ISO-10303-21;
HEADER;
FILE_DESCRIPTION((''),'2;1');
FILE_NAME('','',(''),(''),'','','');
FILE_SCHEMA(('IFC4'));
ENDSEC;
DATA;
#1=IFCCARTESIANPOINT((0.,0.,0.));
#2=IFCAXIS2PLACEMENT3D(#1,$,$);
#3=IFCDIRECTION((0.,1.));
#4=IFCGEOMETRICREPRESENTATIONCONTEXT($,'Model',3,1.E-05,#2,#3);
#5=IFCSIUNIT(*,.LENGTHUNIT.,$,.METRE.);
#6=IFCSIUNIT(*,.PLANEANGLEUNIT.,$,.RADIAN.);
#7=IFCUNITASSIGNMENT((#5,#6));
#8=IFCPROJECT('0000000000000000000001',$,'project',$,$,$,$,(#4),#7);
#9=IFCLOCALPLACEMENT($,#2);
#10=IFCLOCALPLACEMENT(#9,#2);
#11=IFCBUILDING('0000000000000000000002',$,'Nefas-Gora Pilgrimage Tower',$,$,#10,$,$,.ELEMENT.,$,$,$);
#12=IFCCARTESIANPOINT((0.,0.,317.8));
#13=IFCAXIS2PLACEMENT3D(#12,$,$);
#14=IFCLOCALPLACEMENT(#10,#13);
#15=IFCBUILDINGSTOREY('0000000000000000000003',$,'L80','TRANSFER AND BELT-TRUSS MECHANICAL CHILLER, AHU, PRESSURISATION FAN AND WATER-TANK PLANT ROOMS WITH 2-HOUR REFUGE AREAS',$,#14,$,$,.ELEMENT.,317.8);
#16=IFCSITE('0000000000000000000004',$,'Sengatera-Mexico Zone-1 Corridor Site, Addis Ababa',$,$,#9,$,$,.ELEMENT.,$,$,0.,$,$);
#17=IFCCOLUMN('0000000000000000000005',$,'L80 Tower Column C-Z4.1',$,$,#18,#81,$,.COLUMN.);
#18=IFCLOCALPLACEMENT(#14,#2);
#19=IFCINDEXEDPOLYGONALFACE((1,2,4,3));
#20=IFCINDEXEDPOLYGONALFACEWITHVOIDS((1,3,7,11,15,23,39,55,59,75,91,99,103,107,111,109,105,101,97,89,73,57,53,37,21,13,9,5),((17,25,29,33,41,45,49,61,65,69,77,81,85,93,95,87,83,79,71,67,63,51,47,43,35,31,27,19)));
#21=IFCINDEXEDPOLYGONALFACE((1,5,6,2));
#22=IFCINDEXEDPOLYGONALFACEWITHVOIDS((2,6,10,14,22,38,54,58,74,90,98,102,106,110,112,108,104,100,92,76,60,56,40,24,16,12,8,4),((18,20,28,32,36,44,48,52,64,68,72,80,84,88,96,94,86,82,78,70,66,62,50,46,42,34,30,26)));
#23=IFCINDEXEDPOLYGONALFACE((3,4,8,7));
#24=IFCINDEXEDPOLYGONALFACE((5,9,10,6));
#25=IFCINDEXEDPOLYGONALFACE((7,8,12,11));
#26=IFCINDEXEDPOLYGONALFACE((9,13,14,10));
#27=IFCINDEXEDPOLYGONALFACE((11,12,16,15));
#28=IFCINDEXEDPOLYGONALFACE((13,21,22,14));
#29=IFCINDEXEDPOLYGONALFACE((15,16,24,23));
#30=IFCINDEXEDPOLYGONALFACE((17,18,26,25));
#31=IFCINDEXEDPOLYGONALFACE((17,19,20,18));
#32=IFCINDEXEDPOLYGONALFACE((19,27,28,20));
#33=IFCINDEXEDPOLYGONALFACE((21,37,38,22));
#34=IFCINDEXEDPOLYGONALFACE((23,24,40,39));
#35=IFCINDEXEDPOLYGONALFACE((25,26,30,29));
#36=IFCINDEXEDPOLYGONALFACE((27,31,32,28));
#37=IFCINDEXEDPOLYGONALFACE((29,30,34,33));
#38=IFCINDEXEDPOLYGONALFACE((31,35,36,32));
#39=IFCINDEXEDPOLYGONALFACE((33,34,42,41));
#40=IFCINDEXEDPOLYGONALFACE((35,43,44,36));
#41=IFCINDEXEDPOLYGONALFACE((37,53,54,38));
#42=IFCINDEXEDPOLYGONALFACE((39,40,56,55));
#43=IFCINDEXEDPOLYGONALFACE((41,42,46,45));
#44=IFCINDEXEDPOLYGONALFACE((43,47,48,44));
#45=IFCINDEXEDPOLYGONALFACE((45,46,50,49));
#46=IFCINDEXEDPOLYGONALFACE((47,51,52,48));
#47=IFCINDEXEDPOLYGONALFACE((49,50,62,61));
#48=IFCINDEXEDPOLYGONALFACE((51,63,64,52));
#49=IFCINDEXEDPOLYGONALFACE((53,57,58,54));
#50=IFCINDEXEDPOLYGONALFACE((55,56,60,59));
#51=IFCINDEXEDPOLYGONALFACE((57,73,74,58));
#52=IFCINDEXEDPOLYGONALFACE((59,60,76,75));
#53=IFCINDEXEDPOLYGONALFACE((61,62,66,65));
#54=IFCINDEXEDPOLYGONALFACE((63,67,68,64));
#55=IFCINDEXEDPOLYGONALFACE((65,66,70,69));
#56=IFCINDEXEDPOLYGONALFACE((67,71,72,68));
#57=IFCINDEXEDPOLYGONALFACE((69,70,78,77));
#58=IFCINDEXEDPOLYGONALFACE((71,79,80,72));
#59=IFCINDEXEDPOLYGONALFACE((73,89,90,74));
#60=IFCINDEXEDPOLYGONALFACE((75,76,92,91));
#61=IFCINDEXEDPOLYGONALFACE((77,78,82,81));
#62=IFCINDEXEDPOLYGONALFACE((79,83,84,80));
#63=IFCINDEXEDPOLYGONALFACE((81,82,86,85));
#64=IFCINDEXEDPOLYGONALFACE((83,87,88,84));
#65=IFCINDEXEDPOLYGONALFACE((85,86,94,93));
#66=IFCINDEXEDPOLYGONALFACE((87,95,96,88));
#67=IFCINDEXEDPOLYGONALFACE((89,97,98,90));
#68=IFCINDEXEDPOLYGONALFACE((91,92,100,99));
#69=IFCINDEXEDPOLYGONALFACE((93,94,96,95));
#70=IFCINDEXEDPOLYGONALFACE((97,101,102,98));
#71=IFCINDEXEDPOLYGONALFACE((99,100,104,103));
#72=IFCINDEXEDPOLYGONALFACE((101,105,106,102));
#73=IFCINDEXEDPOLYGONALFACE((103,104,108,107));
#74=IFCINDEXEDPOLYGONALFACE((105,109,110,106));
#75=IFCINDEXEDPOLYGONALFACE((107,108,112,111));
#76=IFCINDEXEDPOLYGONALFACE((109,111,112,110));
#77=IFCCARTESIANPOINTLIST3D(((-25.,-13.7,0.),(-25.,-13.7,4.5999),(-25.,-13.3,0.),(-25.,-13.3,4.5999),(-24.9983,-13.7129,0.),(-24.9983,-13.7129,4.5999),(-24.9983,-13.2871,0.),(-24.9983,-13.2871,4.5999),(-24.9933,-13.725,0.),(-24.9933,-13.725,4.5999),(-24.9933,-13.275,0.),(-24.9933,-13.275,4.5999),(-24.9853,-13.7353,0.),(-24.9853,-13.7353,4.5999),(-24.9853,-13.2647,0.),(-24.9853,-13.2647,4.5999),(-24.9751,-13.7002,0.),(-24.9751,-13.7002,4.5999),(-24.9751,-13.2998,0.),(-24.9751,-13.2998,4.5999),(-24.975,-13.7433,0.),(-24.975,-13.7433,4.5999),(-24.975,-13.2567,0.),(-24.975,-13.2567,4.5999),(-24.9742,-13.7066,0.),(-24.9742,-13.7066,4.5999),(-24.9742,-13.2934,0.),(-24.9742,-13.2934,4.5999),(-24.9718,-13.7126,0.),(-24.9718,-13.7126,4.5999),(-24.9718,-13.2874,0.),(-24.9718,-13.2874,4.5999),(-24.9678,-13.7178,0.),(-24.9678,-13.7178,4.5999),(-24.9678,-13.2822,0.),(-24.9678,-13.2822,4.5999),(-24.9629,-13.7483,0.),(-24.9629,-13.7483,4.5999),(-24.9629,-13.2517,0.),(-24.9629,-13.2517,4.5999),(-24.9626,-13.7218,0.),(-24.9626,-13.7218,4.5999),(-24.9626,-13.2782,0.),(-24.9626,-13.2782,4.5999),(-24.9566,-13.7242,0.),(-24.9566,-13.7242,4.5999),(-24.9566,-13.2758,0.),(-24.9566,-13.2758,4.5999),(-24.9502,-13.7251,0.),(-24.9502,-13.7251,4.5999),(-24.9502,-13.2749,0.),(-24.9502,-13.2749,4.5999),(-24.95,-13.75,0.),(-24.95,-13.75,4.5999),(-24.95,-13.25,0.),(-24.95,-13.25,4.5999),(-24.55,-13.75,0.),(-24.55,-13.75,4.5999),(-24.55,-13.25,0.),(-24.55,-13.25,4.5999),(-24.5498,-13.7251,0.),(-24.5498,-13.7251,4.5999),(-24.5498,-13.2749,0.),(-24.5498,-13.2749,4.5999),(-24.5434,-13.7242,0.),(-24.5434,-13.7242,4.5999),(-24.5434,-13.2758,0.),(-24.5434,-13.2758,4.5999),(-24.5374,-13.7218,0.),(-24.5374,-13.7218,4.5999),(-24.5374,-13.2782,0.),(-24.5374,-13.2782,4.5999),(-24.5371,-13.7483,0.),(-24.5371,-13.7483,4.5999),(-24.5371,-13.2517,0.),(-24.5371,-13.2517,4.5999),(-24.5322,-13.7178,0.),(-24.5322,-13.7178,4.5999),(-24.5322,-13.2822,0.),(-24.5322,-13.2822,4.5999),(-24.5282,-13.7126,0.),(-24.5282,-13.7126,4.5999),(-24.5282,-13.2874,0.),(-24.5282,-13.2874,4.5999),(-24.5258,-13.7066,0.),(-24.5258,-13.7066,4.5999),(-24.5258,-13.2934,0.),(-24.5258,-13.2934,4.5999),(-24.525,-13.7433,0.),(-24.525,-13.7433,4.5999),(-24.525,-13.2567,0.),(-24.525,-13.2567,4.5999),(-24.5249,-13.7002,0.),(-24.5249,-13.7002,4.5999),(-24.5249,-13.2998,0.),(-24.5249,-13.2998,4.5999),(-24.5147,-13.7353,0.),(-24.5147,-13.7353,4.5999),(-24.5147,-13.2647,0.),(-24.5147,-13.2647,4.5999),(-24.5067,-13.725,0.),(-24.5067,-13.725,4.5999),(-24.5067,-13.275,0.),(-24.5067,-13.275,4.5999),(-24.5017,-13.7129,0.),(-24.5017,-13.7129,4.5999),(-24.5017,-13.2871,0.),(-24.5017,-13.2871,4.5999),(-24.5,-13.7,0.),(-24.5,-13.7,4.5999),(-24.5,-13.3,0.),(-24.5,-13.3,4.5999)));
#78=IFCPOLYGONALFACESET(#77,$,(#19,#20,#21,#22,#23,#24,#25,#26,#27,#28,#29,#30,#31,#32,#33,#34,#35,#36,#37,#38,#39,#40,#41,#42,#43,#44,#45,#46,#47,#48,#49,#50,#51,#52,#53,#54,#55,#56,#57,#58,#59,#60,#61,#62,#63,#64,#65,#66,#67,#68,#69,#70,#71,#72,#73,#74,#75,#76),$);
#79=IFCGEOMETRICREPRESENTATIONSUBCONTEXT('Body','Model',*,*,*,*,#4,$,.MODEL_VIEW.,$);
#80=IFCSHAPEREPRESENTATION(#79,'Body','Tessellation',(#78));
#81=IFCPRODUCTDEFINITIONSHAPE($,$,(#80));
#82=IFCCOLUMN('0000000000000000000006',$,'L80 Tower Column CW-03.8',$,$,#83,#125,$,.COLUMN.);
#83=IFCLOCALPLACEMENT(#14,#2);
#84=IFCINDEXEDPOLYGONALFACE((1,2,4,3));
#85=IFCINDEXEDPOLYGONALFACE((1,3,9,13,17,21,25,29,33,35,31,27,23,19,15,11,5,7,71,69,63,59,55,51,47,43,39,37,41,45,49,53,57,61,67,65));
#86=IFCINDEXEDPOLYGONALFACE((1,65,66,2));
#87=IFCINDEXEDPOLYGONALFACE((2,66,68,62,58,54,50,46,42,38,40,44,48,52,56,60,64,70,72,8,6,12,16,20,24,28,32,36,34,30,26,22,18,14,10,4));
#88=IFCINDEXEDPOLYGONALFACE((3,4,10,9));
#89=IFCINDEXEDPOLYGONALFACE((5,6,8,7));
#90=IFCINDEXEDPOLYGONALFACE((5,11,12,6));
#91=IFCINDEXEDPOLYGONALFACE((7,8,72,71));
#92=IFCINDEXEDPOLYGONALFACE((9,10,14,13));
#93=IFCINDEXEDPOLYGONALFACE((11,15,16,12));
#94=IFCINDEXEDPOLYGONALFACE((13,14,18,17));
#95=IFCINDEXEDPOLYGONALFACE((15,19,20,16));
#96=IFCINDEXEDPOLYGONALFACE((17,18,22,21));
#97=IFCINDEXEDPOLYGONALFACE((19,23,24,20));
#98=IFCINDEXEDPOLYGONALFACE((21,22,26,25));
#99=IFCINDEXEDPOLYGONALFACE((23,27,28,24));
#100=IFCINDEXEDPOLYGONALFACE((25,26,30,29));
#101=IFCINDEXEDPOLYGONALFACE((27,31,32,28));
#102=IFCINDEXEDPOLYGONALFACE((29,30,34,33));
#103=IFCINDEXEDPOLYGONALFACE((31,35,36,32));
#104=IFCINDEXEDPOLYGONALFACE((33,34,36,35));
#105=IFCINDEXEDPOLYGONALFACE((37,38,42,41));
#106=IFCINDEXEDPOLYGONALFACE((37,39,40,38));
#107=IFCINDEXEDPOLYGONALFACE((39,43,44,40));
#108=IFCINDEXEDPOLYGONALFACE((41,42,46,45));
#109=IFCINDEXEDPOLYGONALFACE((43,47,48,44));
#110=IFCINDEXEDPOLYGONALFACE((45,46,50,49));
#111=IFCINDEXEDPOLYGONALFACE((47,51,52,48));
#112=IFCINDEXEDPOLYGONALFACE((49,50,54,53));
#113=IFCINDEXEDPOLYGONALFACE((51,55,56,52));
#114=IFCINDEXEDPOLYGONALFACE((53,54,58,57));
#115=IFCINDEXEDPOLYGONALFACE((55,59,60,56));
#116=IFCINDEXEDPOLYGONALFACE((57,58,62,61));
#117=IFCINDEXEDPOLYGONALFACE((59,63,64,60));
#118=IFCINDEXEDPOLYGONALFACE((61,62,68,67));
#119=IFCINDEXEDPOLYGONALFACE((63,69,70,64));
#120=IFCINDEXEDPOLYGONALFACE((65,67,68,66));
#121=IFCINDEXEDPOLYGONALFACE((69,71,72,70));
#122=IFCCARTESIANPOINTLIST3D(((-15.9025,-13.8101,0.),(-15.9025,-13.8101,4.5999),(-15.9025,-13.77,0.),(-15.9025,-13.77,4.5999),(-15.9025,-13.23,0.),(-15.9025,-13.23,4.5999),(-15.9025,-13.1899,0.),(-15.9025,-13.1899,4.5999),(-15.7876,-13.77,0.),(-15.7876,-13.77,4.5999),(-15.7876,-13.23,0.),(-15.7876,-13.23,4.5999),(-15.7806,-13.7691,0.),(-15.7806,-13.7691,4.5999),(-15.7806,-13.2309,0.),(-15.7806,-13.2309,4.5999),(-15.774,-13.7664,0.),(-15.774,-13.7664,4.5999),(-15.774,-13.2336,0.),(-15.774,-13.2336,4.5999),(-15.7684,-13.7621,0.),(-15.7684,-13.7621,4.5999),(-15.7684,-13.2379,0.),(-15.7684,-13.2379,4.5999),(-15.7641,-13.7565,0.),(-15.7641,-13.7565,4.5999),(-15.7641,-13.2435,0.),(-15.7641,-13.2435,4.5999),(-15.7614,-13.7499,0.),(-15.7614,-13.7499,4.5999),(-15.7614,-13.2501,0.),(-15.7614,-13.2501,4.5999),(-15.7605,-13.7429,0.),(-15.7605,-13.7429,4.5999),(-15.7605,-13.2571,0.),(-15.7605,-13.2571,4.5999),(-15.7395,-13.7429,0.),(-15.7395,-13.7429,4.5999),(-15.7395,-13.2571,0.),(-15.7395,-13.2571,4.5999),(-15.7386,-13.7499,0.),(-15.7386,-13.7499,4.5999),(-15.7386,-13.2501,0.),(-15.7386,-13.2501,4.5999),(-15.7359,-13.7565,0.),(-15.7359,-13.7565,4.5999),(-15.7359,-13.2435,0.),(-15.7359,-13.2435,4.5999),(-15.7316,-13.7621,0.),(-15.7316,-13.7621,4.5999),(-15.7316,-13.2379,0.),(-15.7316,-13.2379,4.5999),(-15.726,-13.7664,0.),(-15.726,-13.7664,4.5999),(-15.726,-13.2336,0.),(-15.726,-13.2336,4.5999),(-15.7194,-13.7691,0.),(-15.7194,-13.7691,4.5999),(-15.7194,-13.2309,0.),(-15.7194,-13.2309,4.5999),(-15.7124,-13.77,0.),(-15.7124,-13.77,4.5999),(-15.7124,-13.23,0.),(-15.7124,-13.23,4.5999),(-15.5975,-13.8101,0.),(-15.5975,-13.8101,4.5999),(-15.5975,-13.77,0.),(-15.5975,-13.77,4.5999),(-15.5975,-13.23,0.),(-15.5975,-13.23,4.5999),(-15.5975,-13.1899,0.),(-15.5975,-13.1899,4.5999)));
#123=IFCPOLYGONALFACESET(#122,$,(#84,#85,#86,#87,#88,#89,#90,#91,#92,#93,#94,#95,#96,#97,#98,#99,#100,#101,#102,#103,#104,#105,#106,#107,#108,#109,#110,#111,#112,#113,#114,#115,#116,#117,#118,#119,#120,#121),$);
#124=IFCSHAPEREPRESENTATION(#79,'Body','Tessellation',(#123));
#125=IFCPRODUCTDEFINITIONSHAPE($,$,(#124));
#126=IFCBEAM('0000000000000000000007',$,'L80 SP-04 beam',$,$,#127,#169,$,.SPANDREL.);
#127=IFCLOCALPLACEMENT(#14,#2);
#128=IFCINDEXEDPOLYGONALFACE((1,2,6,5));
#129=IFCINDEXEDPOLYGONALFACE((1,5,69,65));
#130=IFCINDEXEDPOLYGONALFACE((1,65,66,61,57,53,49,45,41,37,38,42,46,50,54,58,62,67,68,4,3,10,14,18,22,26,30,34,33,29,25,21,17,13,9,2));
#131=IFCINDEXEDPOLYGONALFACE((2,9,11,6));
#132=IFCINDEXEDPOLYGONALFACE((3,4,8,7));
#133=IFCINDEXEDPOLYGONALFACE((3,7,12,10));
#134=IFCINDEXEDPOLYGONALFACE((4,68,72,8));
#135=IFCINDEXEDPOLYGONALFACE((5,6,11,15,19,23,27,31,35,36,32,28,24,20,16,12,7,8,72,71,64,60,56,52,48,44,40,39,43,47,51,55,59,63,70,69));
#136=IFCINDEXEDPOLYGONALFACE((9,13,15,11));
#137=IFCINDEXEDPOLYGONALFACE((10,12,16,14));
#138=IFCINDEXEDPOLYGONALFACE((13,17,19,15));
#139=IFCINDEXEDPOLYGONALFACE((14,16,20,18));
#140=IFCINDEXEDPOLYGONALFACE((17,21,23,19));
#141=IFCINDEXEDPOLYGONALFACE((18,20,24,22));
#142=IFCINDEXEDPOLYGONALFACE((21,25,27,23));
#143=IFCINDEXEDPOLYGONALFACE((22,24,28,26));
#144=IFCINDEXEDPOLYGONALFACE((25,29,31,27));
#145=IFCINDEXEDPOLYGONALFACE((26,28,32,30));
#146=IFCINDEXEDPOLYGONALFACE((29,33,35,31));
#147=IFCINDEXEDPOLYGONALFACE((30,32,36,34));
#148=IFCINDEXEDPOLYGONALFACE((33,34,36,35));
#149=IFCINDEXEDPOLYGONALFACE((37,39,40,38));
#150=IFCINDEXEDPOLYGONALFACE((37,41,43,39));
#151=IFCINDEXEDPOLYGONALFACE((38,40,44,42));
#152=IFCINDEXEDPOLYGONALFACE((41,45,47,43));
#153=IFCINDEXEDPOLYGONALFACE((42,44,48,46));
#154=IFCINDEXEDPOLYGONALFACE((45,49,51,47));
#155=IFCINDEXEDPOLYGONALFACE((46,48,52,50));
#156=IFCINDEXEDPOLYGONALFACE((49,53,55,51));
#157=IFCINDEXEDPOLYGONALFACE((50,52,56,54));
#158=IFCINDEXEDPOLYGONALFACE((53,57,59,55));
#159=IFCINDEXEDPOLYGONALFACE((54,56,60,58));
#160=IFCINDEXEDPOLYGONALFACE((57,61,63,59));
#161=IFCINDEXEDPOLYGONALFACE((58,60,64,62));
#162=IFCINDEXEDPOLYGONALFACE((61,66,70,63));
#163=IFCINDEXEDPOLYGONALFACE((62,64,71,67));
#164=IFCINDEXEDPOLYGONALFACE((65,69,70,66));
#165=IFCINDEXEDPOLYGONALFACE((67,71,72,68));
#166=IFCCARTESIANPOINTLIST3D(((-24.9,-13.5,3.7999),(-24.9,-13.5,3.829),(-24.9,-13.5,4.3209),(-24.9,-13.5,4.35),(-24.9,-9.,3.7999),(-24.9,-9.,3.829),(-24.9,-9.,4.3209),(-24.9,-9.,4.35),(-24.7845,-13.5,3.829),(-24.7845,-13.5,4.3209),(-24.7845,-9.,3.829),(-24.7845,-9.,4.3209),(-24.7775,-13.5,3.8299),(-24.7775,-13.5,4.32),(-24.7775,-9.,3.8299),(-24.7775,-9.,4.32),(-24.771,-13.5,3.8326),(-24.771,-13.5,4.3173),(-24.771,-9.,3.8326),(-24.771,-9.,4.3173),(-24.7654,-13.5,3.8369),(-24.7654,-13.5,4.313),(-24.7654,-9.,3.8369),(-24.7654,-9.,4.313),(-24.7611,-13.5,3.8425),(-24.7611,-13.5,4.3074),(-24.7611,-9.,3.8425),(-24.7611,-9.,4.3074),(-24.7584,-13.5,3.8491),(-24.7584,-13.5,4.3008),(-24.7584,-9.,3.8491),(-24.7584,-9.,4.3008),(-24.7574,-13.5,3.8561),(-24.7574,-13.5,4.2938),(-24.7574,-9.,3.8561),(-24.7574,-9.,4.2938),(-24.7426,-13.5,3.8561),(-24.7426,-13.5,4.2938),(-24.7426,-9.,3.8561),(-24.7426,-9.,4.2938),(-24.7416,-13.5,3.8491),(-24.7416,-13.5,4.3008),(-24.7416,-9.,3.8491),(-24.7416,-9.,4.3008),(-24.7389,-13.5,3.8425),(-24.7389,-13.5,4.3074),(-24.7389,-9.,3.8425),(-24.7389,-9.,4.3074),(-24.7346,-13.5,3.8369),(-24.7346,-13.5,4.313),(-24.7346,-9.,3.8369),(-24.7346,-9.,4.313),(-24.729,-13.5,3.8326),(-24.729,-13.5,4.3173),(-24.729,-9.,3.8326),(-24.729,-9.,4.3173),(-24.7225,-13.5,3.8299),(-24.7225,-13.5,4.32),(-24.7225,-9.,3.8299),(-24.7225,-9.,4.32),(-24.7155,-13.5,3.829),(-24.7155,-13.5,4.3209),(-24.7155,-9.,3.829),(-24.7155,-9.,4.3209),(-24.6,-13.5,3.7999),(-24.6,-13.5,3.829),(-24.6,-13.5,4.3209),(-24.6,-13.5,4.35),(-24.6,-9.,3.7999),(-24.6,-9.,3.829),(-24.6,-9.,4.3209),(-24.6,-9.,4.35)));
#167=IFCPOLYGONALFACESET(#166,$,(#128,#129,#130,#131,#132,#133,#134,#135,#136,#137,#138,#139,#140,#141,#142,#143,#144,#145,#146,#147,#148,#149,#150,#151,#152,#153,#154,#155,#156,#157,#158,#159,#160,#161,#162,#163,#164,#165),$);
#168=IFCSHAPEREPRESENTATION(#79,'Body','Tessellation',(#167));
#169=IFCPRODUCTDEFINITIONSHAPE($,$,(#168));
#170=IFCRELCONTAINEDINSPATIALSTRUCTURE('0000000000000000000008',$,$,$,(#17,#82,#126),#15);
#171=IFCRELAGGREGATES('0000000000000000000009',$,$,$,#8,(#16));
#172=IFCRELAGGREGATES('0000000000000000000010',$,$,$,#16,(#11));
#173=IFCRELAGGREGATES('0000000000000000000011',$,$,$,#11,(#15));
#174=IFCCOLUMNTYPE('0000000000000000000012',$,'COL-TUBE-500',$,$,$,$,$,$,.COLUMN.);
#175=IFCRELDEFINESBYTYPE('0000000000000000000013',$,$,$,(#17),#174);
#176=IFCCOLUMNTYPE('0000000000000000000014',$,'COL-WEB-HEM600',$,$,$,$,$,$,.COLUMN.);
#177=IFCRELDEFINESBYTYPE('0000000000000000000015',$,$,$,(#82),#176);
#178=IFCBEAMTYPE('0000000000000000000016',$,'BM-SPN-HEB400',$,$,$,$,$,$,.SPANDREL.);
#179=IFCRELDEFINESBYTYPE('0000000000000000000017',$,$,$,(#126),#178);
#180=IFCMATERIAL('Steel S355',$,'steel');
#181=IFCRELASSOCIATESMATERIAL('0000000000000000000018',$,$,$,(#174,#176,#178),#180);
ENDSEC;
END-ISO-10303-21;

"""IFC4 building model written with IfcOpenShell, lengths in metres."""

from ifc_helpers import new_model, si_unit, direction, frame, origin, origin_2d, place, context, subcontext, project, spatial, hollow_rectangle, i_section, extrude, source, transform, mapped, material, material_profile, profile_set, type_object, element, save


model = new_model("IFC4")

# Units and contexts
model_context = context("Model", 3, precision=1e-05, world=origin(), true_north=direction((0.0, 1.0)))
body_context = subcontext(model_context, "Body", "Model", "MODEL_VIEW")
ifc_project = project(units=[si_unit("LENGTHUNIT", "METRE"), si_unit("PLANEANGLEUNIT", "RADIAN")], contexts=[model_context])

# Site, building, storey
site_placement = place(None, origin())
site = spatial("IfcSite", under=ifc_project, at=site_placement, Name="Sengatera-Mexico Zone-1 Corridor Site, Addis Ababa", CompositionType="ELEMENT", RefElevation=0.0)
building_placement = place(site_placement, origin())
building = spatial("IfcBuilding", under=site, at=building_placement, Name="Nefas-Gora Pilgrimage Tower", CompositionType="ELEMENT")
storey_placement = place(building_placement, frame((0.0, 0.0, 317.8)))
storey = spatial("IfcBuildingStorey", under=building, at=storey_placement, Name="L80", Description="TRANSFER AND BELT-TRUSS MECHANICAL CHILLER, AHU, PRESSURISATION FAN AND WATER-TANK PLANT ROOMS WITH 2-HOUR REFUGE AREAS", CompositionType="ELEMENT", Elevation=317.8)

# Columns
ifc_material_1 = material(Name="Steel S355", Category="steel")
ifc_material_profile_1 = material_profile(ifc_material_1, hollow_rectangle(XDim=0.5, YDim=0.5, WallThickness=0.0249, InnerFilletRadius=0.0249, OuterFilletRadius=0.05, at=origin_2d()), Name="SHS 500x500x25")
ifc_profile_set_1 = profile_set([ifc_material_profile_1], Name="Steel S355")
column_type_1 = type_object("IfcColumnType", Name="COL-TUBE-500", PredefinedType="COLUMN", material=ifc_profile_set_1)
shared_shape_1 = source(origin(), body_context, "Body", "SweptSolid", [
    extrude(hollow_rectangle(XDim=0.5, YDim=0.5, WallThickness=0.0249, InnerFilletRadius=0.0249, OuterFilletRadius=0.05, at=origin_2d()), origin(), (0.0, 0.0, 1.0), 4.5999),
])
column_1_placement = place(storey_placement, frame((-24.75, -13.5, 0.0), z_axis=(0.0, 0.0, 1.0), x_axis=(1.0, 0.0, 0.0)))
element("IfcColumn", 1, at=column_1_placement, inside=storey, type_object=column_type_1, Name="L80 Tower Column C-Z4.1", PredefinedType="COLUMN", context=body_context, shape_type="MappedRepresentation", body=[
    mapped(shared_shape_1, transform((0.0, 0.0, 0.0), x_axis=(1.0, 0.0, 0.0), y_axis=(0.0, 1.0, 0.0), z_axis=(0.0, 0.0, 1.0), scale=1.0)),
])
ifc_material_profile_2 = material_profile(ifc_material_1, i_section(OverallWidth=0.3049, OverallDepth=0.6201, WebThickness=0.021, FlangeThickness=0.04, FilletRadius=0.0271, at=origin_2d()), Name="HEM 600")
ifc_profile_set_2 = profile_set([ifc_material_profile_2], Name="Steel S355")
column_type_2 = type_object("IfcColumnType", Name="COL-WEB-HEM600", PredefinedType="COLUMN", material=ifc_profile_set_2)
shared_shape_2 = source(origin(), body_context, "Body", "SweptSolid", [
    extrude(i_section(OverallWidth=0.3049, OverallDepth=0.6201, WebThickness=0.021, FlangeThickness=0.04, FilletRadius=0.0271, at=origin_2d()), origin(), (0.0, 0.0, 1.0), 4.5999),
])
column_2_placement = place(storey_placement, frame((-15.75, -13.5, 0.0), z_axis=(0.0, 0.0, 1.0), x_axis=(1.0, 0.0, 0.0)))
element("IfcColumn", 2, at=column_2_placement, inside=storey, type_object=column_type_2, Name="L80 Tower Column CW-03.8", PredefinedType="COLUMN", context=body_context, shape_type="MappedRepresentation", body=[
    mapped(shared_shape_2, transform((0.0, 0.0, 0.0), x_axis=(1.0, 0.0, 0.0), y_axis=(0.0, 1.0, 0.0), z_axis=(0.0, 0.0, 1.0), scale=1.0)),
])

# Beam
ifc_material_profile_3 = material_profile(ifc_material_1, i_section(OverallWidth=0.3, OverallDepth=0.55, WebThickness=0.0149, FlangeThickness=0.0291, FilletRadius=0.0271, at=origin_2d()), Name="HEB 550")
ifc_profile_set_3 = profile_set([ifc_material_profile_3], Name="Steel S355")
beam_type_1 = type_object("IfcBeamType", Name="BM-SPN-HEB400", PredefinedType="SPANDREL", material=ifc_profile_set_3)
shared_shape_3 = source(origin(), body_context, "Body", "SweptSolid", [
    extrude(i_section(OverallWidth=0.3, OverallDepth=0.55, WebThickness=0.0149, FlangeThickness=0.0291, FilletRadius=0.0271, at=origin_2d()), origin(), (0.0, 0.0, 1.0), 4.5),
])
beam_1_placement = place(storey_placement, frame((-24.75, -13.5, 4.075), z_axis=(0.0, 1.0, 0.0), x_axis=(-1.0, 0.0, 0.0)))
element("IfcBeam", 3, at=beam_1_placement, inside=storey, type_object=beam_type_1, Name="L80 SP-04 beam", PredefinedType="SPANDREL", context=body_context, shape_type="MappedRepresentation", body=[
    mapped(shared_shape_3, transform((0.0, 0.0, 0.0), x_axis=(1.0, 0.0, 0.0), y_axis=(0.0, 1.0, 0.0), z_axis=(0.0, 0.0, 1.0), scale=1.0)),
])

save(model, "model.ifc")
